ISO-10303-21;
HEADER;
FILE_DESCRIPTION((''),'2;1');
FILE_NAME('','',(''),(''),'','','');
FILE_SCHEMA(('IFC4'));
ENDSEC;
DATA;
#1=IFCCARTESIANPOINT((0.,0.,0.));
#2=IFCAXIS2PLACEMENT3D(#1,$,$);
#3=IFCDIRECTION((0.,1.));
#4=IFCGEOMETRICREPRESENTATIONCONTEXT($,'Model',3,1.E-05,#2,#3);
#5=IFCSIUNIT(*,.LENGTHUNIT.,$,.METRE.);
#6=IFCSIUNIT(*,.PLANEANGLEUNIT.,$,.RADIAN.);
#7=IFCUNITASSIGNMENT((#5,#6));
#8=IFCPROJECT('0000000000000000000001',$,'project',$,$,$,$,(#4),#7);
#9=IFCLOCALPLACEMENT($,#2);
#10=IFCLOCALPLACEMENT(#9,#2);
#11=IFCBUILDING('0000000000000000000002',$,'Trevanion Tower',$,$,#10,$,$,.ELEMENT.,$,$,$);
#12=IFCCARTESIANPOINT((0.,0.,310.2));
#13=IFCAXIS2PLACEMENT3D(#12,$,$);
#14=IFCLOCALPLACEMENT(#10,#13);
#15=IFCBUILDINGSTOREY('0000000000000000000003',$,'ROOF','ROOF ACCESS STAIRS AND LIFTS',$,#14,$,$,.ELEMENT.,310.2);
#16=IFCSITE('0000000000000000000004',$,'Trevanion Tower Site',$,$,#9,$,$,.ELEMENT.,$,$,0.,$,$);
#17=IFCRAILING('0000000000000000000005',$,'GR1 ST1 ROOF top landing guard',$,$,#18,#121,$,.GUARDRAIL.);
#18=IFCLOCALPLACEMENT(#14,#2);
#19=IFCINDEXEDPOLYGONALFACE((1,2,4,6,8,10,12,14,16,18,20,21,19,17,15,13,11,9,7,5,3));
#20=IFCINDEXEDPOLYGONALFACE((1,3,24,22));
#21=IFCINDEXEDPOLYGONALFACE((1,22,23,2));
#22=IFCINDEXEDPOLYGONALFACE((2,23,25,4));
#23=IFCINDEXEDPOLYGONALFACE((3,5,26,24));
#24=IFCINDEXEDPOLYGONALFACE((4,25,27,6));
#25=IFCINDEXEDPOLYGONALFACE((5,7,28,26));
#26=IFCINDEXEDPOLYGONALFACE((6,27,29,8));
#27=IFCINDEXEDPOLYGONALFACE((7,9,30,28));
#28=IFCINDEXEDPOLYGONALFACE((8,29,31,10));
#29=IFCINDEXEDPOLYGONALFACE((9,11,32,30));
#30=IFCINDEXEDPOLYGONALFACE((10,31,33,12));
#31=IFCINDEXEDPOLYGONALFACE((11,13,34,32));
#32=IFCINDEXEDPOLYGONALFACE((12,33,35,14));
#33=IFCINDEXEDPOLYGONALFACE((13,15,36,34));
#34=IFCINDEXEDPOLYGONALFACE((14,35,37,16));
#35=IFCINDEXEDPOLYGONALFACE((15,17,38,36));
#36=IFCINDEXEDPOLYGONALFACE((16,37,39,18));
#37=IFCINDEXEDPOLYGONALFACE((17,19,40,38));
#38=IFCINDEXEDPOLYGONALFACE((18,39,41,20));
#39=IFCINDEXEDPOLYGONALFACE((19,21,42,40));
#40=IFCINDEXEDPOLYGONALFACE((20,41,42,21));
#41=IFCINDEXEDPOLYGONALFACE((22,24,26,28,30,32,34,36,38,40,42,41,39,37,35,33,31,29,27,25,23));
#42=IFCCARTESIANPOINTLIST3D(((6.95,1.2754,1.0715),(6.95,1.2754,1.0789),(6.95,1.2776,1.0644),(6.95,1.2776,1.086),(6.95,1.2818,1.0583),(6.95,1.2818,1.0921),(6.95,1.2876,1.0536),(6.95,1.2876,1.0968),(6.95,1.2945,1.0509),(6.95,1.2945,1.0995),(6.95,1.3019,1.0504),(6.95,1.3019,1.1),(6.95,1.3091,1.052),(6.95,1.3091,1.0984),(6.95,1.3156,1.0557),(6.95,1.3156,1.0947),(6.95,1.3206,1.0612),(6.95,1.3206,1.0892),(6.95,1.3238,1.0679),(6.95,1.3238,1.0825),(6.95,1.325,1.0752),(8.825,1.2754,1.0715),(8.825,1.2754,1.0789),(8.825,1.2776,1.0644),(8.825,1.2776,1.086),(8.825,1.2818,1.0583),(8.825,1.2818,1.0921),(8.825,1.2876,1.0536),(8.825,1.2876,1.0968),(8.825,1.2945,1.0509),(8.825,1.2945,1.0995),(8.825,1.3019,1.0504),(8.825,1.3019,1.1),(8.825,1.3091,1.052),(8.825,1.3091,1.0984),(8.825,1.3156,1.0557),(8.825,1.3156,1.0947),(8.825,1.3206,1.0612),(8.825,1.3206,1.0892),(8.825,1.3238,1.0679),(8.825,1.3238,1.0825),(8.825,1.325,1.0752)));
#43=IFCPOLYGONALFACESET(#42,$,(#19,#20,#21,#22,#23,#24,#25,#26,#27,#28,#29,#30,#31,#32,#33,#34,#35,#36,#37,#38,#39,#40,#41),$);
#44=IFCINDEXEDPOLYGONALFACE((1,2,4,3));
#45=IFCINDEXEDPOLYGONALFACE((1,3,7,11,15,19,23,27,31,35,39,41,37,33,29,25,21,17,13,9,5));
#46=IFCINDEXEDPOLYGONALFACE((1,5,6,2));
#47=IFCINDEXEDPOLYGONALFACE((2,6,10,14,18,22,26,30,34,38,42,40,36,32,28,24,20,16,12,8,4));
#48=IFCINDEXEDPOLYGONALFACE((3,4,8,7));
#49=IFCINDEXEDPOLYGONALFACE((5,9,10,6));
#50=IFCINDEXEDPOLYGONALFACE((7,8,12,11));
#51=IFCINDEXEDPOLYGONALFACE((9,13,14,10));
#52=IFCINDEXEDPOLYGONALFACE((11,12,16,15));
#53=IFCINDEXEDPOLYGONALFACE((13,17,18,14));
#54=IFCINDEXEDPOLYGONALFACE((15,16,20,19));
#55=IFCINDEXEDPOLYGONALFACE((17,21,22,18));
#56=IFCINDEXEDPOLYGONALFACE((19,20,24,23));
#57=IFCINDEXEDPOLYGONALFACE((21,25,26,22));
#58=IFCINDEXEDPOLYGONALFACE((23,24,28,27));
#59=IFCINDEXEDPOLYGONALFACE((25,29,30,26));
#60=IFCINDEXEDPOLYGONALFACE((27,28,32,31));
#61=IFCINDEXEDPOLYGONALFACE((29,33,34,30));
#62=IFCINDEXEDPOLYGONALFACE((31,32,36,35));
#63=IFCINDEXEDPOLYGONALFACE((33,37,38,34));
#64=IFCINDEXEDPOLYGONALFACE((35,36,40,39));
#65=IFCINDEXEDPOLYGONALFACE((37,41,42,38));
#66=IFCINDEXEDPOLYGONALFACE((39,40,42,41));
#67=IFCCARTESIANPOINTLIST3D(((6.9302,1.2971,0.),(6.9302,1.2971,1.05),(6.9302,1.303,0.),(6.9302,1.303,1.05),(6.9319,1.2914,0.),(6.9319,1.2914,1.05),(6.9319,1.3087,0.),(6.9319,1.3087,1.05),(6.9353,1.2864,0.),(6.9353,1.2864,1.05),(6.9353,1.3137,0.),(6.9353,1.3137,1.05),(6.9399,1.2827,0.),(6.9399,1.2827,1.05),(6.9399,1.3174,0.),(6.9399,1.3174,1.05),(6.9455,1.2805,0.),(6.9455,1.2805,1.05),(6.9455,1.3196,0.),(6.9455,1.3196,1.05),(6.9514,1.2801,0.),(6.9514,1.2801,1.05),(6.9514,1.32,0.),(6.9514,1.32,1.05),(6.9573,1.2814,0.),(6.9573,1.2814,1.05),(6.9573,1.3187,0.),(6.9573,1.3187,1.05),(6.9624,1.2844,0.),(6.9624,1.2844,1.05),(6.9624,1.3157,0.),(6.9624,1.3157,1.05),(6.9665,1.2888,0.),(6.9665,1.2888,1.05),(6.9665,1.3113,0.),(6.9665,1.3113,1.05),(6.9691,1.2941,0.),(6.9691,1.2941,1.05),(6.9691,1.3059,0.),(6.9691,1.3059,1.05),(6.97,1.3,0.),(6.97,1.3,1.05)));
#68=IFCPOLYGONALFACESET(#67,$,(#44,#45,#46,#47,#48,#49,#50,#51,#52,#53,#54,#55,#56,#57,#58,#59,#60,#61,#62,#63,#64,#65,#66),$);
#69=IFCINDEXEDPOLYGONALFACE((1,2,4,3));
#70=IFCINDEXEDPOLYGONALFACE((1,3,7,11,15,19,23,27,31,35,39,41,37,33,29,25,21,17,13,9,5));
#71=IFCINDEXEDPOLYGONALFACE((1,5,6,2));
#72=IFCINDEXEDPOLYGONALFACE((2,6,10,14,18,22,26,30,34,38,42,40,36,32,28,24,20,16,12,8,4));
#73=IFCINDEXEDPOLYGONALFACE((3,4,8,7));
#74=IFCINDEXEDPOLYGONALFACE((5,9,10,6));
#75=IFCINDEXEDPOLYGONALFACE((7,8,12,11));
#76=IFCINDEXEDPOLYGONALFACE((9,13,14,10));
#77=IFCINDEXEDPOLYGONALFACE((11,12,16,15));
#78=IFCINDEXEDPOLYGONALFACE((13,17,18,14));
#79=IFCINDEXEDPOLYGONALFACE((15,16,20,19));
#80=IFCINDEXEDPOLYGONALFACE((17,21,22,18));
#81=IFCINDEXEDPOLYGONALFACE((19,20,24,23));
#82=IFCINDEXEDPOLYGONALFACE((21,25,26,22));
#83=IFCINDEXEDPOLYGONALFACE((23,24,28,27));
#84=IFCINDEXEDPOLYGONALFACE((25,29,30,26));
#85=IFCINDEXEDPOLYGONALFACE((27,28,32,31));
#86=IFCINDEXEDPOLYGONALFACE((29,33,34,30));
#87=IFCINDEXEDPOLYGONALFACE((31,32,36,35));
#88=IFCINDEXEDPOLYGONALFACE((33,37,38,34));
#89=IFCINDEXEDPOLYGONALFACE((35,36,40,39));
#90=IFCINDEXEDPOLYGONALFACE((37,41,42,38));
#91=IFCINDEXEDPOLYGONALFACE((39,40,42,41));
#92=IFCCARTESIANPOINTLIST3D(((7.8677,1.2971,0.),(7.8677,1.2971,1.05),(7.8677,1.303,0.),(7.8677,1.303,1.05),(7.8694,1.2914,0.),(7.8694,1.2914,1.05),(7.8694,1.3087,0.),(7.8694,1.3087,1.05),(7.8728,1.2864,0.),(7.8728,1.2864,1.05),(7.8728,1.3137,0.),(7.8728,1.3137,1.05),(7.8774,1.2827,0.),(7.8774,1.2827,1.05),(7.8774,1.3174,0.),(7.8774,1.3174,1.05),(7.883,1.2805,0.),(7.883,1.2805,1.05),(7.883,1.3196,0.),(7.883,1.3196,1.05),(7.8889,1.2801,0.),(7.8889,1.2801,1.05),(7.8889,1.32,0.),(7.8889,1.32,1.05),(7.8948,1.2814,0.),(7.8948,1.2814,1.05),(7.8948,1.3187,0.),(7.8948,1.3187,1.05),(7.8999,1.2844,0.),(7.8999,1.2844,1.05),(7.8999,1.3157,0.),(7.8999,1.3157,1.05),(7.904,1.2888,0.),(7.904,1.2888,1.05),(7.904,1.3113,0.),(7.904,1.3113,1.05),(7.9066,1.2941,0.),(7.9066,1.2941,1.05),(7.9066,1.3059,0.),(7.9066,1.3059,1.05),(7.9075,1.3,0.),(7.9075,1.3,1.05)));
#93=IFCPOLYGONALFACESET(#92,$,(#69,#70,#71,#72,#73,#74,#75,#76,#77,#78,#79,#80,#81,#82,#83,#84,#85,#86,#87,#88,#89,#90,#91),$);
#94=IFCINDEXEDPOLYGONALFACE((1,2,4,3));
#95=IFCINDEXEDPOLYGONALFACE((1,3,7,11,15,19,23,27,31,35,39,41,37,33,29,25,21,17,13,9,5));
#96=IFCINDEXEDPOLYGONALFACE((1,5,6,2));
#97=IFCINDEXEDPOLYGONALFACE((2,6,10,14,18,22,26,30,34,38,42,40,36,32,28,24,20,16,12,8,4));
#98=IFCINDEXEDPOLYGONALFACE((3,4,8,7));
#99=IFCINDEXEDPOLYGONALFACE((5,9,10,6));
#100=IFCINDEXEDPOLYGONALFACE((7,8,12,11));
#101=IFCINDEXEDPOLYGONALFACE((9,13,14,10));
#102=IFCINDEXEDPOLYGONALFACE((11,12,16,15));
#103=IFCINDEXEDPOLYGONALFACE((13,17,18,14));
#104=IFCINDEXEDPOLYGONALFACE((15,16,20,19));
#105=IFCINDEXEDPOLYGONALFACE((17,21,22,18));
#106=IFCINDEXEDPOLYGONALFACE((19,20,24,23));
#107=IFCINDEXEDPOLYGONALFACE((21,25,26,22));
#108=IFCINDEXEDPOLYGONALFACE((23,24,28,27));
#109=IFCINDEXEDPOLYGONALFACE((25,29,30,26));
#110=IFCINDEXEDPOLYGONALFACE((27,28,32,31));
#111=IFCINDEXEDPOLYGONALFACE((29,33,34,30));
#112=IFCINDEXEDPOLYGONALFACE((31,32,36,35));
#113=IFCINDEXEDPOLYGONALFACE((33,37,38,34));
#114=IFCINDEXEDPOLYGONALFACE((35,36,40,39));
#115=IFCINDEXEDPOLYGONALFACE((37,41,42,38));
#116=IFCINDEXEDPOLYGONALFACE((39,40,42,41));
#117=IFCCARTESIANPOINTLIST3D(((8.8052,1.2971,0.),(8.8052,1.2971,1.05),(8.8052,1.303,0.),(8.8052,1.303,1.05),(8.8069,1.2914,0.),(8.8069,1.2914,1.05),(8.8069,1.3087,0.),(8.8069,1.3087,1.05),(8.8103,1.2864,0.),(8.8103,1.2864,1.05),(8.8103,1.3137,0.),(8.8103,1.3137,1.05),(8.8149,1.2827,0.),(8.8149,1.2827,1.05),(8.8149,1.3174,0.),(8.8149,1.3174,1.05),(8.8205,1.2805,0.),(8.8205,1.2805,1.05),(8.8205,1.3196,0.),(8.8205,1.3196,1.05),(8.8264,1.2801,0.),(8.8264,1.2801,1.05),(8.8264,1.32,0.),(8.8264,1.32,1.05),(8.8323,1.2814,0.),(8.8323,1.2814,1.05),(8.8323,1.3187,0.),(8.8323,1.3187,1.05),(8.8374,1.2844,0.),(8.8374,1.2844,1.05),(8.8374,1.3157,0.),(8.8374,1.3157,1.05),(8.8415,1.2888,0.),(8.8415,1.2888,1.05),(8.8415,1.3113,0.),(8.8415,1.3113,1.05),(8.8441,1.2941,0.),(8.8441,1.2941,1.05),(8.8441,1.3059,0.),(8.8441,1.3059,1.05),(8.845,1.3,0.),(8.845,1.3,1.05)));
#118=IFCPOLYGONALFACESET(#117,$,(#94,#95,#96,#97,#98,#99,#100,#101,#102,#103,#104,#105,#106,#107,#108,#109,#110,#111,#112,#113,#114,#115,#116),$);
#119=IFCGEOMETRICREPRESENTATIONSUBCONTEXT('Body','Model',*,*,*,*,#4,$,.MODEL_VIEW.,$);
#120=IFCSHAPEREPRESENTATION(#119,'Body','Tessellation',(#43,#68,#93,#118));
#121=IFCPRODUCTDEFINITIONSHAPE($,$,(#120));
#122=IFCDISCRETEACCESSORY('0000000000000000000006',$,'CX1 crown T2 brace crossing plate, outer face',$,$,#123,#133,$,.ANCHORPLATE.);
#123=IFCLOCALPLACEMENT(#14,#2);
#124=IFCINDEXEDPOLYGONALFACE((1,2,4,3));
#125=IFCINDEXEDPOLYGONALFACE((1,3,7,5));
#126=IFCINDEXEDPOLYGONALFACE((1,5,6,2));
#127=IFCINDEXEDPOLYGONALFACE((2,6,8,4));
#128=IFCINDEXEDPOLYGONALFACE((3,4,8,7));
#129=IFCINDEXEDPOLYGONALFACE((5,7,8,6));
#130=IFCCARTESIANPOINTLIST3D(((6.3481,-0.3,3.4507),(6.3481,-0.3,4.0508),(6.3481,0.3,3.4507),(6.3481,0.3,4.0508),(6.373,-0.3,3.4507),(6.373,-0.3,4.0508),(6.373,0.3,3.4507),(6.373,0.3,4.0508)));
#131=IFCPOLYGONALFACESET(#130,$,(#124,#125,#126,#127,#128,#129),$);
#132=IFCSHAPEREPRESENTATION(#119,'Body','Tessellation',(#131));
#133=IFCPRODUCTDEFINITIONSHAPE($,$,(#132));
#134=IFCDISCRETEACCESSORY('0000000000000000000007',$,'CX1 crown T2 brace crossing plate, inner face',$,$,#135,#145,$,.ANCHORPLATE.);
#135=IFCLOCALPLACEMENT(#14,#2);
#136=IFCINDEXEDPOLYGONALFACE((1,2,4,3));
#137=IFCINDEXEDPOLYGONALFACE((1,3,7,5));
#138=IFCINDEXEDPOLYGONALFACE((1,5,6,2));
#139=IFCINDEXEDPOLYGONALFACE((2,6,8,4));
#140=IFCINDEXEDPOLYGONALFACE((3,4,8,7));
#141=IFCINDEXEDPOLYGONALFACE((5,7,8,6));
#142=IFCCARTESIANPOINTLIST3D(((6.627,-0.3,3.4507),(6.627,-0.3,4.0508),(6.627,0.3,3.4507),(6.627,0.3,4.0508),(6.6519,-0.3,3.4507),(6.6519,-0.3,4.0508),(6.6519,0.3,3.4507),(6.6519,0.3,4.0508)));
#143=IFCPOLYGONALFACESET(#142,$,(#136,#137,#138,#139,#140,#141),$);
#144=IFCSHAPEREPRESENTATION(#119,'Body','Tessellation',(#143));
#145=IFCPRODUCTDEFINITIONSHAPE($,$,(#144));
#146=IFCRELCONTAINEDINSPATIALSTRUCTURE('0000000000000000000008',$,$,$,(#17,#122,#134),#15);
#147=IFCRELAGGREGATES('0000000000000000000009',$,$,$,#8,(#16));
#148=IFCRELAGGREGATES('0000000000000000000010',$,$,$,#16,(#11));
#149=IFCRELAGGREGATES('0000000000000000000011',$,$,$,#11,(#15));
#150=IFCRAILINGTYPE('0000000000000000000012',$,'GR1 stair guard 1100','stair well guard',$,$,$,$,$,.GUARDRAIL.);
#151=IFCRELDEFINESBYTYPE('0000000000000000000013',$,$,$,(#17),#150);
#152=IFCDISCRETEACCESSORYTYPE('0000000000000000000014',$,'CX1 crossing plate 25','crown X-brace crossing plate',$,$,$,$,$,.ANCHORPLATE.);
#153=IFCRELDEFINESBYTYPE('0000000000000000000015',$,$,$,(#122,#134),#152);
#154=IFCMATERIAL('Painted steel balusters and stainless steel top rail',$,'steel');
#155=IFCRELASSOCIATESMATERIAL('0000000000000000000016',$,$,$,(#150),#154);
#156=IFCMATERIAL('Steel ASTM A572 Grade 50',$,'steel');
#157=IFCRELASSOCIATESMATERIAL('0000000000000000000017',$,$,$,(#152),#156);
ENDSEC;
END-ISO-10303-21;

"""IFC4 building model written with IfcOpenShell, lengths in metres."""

from ifc_helpers import new_model, si_unit, direction, frame, origin, origin_2d, place, context, subcontext, project, spatial, rectangle, circle, extrude, material, type_object, element, save


model = new_model("IFC4")

# Units and contexts
model_context = context("Model", 3, precision=1e-05, world=origin(), true_north=direction((0.0, 1.0)))
body_context = subcontext(model_context, "Body", "Model", "MODEL_VIEW")
ifc_project = project(units=[si_unit("LENGTHUNIT", "METRE"), si_unit("PLANEANGLEUNIT", "RADIAN")], contexts=[model_context])

# Site, building, storey
site_placement = place(None, origin())
site = spatial("IfcSite", under=ifc_project, at=site_placement, Name="Trevanion Tower Site", CompositionType="ELEMENT", RefElevation=0.0)
building_placement = place(site_placement, origin())
building = spatial("IfcBuilding", under=site, at=building_placement, Name="Trevanion Tower", CompositionType="ELEMENT")
storey_placement = place(building_placement, frame((0.0, 0.0, 310.2)))
storey = spatial("IfcBuildingStorey", under=building, at=storey_placement, Name="ROOF", Description="ROOF ACCESS STAIRS AND LIFTS", CompositionType="ELEMENT", Elevation=310.2)

# Railing
ifc_material_1 = material(Name="Painted steel balusters and stainless steel top rail", Category="steel")
railing_type = type_object("IfcRailingType", Name="GR1 stair guard 1100", Description="stair well guard", PredefinedType="GUARDRAIL", material=ifc_material_1)
railing_placement = place(storey_placement, frame((6.95, 1.3, 0.0)))
element("IfcRailing", 1, at=railing_placement, inside=storey, type_object=railing_type, Name="GR1 ST1 ROOF top landing guard", PredefinedType="GUARDRAIL", context=body_context, shape_type="SweptSolid", body=[
    extrude(circle(Radius=0.0249, at=origin_2d()), frame((0.0, 0.0, 1.0752), z_axis=(1.0, 0.0, 0.0), x_axis=(0.0, 1.0, 0.0)), (0.0, 0.0, 1.0), 1.875),
    extrude(circle(Radius=0.02, at=origin_2d()), origin(), (0.0, 0.0, 1.0), 1.05),
    extrude(circle(Radius=0.02, at=origin_2d()), frame((0.9375, 0.0, 0.0)), (0.0, 0.0, 1.0), 1.05),
    extrude(circle(Radius=0.02, at=origin_2d()), frame((1.875, 0.0, 0.0)), (0.0, 0.0, 1.0), 1.05),
])

# Discrete accessories
ifc_material_2 = material(Name="Steel ASTM A572 Grade 50", Category="steel")
discrete_accessory_type = type_object("IfcDiscreteAccessoryType", Name="CX1 crossing plate 25", Description="crown X-brace crossing plate", PredefinedType="ANCHORPLATE", material=ifc_material_2)
for number, where, z_axis, x_axis, name in (
    (2, (6.3606, 0.0, 3.4507), (0.0, 0.0, 1.0), (0.0, 1.0, 0.0), "CX1 crown T2 brace crossing plate, outer face"),
    (3, (6.6394, 0.0, 3.4507), (0.0, 0.0, 1.0), (0.0, 1.0, 0.0), "CX1 crown T2 brace crossing plate, inner face"),
):
    element("IfcDiscreteAccessory", number, at=place(storey_placement, frame(where, z_axis=z_axis, x_axis=x_axis)), inside=storey, type_object=discrete_accessory_type, Name=name, PredefinedType="ANCHORPLATE", context=body_context, shape_type="SweptSolid", body=[
        extrude(rectangle(XDim=0.6001, YDim=0.0249, at=origin_2d()), origin(), (0.0, 0.0, 1.0), 0.6001),
    ])

save(model, "model.ifc")
